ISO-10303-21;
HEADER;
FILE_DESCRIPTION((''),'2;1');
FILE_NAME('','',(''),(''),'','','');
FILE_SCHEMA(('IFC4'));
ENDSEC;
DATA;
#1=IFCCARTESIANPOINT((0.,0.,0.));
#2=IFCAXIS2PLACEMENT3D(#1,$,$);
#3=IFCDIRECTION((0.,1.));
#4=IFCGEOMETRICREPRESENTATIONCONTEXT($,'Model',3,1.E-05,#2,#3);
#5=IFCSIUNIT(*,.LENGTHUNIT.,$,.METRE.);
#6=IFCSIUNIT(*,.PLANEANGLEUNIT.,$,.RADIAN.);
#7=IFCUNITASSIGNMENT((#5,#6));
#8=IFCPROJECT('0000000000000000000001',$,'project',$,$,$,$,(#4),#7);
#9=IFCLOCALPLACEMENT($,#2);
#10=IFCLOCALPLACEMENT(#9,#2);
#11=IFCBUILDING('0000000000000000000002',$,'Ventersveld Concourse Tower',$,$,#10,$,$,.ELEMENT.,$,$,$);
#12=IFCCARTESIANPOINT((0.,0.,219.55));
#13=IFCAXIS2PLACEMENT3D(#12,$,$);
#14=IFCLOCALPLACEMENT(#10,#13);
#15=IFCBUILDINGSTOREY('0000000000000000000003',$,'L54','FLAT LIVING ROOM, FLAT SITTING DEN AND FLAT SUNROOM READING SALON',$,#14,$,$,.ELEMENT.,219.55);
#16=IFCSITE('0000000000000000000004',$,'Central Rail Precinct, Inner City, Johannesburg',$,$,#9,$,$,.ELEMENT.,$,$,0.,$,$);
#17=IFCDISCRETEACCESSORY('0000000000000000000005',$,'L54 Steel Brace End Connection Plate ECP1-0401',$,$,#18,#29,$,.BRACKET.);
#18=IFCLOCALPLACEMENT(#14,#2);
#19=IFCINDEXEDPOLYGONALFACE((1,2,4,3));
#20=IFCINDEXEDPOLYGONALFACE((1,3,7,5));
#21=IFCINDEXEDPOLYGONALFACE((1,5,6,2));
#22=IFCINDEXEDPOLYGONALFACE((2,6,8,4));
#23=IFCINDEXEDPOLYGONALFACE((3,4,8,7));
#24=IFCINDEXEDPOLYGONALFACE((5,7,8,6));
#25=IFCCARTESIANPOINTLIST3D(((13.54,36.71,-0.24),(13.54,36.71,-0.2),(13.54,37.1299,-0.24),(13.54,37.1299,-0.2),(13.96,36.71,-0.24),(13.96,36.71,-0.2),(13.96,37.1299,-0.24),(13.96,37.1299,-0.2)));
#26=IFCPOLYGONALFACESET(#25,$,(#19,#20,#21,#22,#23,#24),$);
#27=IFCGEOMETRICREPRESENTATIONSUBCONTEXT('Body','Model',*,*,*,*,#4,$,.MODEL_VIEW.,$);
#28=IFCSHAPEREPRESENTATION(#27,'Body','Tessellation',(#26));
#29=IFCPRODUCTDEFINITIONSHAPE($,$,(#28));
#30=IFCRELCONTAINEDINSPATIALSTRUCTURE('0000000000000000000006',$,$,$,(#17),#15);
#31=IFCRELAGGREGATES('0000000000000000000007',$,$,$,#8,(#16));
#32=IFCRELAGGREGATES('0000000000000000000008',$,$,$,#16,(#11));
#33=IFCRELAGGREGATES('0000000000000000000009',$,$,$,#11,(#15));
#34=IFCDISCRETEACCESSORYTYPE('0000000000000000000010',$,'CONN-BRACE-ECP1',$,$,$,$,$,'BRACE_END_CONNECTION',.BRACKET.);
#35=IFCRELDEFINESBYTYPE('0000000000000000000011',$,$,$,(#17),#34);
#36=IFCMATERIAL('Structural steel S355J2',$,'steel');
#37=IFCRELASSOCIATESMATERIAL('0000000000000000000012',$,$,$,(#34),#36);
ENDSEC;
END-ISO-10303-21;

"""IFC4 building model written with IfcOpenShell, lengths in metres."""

from ifc_helpers import new_model, si_unit, direction, frame, origin, origin_2d, place, context, subcontext, project, spatial, rectangle, extrude, material, type_object, element, save


model = new_model("IFC4")

# Units and contexts
model_context = context("Model", 3, precision=1e-05, world=origin(), true_north=direction((0.0, 1.0)))
body_context = subcontext(model_context, "Body", "Model", "MODEL_VIEW")
ifc_project = project(units=[si_unit("LENGTHUNIT", "METRE"), si_unit("PLANEANGLEUNIT", "RADIAN")], contexts=[model_context])

# Site, building, storey
site_placement = place(None, origin())
site = spatial("IfcSite", under=ifc_project, at=site_placement, Name="Central Rail Precinct, Inner City, Johannesburg", CompositionType="ELEMENT", RefElevation=0.0)
building_placement = place(site_placement, origin())
building = spatial("IfcBuilding", under=site, at=building_placement, Name="Ventersveld Concourse Tower", CompositionType="ELEMENT")
storey_placement = place(building_placement, frame((0.0, 0.0, 219.55)))
storey = spatial("IfcBuildingStorey", under=building, at=storey_placement, Name="L54", Description="FLAT LIVING ROOM, FLAT SITTING DEN AND FLAT SUNROOM READING SALON", CompositionType="ELEMENT", Elevation=219.55)

# Shared definitions
ifc_material_1 = material(Name="Structural steel S355J2", Category="steel")

# Discrete accessory
discrete_accessory_type = type_object("IfcDiscreteAccessoryType", Name="CONN-BRACE-ECP1", ElementType="BRACE_END_CONNECTION", PredefinedType="BRACKET", material=ifc_material_1)
discrete_accessory_placement = place(storey_placement, frame((13.75, 36.9199, -0.24), z_axis=(0.0, 0.0, 1.0), x_axis=(1.0, 0.0, 0.0)))
element("IfcDiscreteAccessory", 1, at=discrete_accessory_placement, inside=storey, type_object=discrete_accessory_type, Name="L54 Steel Brace End Connection Plate ECP1-0401", PredefinedType="BRACKET", context=body_context, shape_type="SweptSolid", body=[
    extrude(rectangle(XDim=0.4199, YDim=0.4199, at=origin_2d()), origin(), (0.0, 0.0, 1.0), 0.04),
])

save(model, "model.ifc")
